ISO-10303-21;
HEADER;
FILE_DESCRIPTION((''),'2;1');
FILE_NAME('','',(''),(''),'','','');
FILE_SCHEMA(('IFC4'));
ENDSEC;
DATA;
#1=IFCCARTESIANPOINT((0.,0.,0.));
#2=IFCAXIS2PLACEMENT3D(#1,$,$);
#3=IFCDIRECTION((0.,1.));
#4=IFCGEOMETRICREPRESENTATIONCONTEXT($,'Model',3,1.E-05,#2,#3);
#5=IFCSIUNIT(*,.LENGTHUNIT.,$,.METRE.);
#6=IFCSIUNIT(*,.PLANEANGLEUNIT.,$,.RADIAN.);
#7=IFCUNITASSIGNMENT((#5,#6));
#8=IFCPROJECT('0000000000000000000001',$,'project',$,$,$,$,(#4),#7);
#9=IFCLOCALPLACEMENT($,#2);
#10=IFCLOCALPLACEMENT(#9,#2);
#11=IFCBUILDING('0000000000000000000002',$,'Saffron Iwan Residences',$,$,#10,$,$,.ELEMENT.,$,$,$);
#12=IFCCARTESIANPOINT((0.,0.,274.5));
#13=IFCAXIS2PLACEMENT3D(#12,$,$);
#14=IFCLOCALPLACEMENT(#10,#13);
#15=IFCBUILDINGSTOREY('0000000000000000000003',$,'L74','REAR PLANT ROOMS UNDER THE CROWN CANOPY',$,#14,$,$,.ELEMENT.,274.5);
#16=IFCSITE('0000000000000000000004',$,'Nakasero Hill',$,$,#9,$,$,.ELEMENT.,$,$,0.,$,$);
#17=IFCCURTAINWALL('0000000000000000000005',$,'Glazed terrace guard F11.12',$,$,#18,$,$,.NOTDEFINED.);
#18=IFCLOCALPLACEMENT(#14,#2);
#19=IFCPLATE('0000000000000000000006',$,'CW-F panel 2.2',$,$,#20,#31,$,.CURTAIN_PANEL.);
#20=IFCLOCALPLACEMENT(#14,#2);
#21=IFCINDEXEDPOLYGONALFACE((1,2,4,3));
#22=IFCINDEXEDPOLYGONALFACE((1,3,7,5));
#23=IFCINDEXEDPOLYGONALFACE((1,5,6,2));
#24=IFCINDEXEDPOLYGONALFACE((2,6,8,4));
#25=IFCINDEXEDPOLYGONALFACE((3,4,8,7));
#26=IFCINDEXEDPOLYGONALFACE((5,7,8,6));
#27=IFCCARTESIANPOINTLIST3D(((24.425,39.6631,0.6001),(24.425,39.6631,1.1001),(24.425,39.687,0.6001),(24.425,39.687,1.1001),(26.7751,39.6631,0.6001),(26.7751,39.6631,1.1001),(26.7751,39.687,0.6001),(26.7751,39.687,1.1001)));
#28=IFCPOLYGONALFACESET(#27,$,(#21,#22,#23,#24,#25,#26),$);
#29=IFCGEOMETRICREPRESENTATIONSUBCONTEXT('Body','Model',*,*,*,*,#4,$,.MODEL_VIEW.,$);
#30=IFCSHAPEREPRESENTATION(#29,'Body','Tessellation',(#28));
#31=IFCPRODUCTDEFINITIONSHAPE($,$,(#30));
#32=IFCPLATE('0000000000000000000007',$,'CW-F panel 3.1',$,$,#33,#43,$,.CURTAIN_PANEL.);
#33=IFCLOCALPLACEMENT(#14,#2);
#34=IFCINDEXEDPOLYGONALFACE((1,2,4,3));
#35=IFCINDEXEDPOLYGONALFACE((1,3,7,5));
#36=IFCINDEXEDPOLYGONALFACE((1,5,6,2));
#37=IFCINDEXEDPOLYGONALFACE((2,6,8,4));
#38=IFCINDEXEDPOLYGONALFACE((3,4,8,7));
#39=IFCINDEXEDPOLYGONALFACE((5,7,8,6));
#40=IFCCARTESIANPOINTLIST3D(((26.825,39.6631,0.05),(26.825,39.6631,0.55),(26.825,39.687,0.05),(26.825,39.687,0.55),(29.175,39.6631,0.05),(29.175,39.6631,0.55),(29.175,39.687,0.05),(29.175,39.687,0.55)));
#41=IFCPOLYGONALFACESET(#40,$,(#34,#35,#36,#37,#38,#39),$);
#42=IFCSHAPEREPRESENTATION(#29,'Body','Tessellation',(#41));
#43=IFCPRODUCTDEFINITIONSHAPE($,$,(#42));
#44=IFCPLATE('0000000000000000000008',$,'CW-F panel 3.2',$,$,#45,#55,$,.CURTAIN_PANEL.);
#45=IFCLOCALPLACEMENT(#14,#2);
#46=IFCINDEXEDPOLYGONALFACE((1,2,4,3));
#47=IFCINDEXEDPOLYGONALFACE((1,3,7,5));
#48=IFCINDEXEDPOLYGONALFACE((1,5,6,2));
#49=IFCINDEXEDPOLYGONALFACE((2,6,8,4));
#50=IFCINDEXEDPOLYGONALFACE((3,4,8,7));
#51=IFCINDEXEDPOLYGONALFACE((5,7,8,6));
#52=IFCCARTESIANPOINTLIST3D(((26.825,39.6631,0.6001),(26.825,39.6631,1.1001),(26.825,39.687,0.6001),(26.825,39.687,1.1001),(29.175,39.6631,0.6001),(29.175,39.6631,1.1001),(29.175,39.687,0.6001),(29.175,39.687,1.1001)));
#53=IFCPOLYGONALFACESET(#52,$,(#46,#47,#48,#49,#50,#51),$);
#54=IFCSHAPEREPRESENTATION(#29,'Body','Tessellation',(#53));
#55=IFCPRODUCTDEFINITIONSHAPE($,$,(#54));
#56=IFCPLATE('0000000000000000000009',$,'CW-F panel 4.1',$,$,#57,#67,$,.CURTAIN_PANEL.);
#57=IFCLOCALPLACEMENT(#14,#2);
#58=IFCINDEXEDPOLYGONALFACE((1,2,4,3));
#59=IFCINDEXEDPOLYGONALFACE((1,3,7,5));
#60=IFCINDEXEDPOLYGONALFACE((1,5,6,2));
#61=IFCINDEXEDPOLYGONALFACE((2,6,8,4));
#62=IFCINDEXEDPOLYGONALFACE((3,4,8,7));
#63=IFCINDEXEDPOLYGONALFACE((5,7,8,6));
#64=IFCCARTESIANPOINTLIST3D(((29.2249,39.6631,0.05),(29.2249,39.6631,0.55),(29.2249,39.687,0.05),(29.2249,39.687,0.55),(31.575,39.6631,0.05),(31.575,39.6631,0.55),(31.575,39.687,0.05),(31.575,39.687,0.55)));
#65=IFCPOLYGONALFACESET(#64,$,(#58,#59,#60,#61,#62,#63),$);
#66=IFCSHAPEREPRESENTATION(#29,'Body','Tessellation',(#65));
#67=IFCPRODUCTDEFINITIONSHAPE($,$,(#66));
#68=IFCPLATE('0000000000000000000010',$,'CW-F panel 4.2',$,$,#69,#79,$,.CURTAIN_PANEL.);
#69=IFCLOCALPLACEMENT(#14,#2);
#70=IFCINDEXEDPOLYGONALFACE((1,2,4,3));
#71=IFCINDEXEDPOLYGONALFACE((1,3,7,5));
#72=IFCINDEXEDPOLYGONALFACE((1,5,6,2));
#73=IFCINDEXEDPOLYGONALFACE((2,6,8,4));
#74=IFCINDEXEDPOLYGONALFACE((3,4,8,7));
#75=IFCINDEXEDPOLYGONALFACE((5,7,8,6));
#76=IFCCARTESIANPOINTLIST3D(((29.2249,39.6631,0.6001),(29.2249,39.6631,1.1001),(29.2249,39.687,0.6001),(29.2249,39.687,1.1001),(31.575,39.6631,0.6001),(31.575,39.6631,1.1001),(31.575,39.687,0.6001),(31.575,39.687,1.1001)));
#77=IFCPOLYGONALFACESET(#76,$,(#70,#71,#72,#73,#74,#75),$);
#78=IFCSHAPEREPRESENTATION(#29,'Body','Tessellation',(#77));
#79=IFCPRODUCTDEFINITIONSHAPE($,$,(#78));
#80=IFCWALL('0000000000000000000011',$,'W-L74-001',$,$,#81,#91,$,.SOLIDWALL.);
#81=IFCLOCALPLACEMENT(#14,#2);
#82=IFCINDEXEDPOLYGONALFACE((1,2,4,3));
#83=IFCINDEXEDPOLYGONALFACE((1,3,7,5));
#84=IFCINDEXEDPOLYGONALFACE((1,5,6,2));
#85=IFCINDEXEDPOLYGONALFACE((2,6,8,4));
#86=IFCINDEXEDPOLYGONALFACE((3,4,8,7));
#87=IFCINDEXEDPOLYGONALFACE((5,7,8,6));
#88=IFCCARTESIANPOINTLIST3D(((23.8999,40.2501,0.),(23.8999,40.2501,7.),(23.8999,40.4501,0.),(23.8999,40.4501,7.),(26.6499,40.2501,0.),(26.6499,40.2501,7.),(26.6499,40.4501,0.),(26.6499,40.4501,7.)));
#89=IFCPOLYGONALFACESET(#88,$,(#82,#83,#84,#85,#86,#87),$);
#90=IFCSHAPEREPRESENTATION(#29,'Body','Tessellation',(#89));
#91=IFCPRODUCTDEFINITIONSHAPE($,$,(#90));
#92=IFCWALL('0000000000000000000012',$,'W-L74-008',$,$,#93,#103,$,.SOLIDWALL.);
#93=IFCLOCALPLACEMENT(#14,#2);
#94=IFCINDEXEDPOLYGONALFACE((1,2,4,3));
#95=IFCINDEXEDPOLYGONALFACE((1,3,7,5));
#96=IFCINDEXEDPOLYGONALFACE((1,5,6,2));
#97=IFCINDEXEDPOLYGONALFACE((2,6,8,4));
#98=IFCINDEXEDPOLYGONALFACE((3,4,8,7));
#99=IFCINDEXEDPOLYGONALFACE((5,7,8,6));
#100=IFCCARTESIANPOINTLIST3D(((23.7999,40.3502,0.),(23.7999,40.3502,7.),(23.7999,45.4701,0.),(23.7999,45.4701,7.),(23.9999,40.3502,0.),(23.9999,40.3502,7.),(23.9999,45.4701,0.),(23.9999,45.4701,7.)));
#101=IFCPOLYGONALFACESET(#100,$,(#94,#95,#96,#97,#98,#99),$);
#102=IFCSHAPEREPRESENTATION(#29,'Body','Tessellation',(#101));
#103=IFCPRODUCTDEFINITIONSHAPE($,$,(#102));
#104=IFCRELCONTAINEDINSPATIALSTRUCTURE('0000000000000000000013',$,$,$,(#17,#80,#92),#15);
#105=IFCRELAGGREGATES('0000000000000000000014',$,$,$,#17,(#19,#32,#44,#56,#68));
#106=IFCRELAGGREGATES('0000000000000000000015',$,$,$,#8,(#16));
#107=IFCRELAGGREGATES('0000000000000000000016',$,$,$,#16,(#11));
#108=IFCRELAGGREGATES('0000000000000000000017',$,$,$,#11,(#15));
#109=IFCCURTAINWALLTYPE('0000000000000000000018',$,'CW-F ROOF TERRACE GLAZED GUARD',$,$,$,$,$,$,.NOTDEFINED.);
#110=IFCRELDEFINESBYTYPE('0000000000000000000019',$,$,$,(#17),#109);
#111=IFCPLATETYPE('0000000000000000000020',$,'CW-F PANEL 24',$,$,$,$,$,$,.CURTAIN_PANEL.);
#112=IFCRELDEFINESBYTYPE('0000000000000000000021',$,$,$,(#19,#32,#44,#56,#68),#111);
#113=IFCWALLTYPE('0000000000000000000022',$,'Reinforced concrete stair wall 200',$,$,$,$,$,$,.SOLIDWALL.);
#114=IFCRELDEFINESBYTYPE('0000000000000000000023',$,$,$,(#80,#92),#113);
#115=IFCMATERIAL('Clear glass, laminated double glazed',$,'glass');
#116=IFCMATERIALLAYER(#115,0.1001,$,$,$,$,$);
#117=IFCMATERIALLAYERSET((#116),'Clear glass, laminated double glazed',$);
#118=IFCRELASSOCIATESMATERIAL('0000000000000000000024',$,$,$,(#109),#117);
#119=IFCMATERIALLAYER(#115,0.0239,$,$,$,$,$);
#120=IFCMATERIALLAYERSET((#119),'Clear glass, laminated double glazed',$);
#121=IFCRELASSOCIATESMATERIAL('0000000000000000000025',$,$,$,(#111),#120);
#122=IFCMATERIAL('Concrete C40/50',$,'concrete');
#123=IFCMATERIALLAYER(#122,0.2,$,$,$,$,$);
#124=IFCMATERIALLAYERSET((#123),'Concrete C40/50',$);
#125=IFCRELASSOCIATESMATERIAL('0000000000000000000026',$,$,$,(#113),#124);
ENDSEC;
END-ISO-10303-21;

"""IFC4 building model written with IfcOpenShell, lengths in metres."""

from ifc_helpers import new_model, si_unit, direction, frame, frame_2d, origin, origin_2d, place, context, subcontext, project, spatial, rectangle, extrude, source, transform, mapped, material, layer, layer_set, type_object, element, aggregate, save


model = new_model("IFC4")

# Units and contexts
model_context = context("Model", 3, precision=1e-05, world=origin(), true_north=direction((0.0, 1.0)))
body_context = subcontext(model_context, "Body", "Model", "MODEL_VIEW")
ifc_project = project(units=[si_unit("LENGTHUNIT", "METRE"), si_unit("PLANEANGLEUNIT", "RADIAN")], contexts=[model_context])

# Site, building, storey
site_placement = place(None, origin())
site = spatial("IfcSite", under=ifc_project, at=site_placement, Name="Nakasero Hill", CompositionType="ELEMENT", RefElevation=0.0)
building_placement = place(site_placement, origin())
building = spatial("IfcBuilding", under=site, at=building_placement, Name="Saffron Iwan Residences", CompositionType="ELEMENT")
storey_placement = place(building_placement, frame((0.0, 0.0, 274.5)))
storey = spatial("IfcBuildingStorey", under=building, at=storey_placement, Name="L74", Description="REAR PLANT ROOMS UNDER THE CROWN CANOPY", CompositionType="ELEMENT", Elevation=274.5)

# Curtain wall
ifc_material_1 = material(Name="Clear glass, laminated double glazed", Category="glass")
ifc_layer_1 = layer(ifc_material_1, 0.1001)
ifc_layer_set_1 = layer_set([ifc_layer_1], Name="Clear glass, laminated double glazed")
curtain_wall_type = type_object("IfcCurtainWallType", Name="CW-F ROOF TERRACE GLAZED GUARD", PredefinedType="NOTDEFINED", material=ifc_layer_set_1)
curtain_wall_placement = place(storey_placement, origin())
curtain_wall = element("IfcCurtainWall", 1, at=curtain_wall_placement, inside=storey, type_object=curtain_wall_type, Name="Glazed terrace guard F11.12", PredefinedType="NOTDEFINED")

# Shared definitions
ifc_material_2 = material(Name="Concrete C40/50", Category="concrete")

# Plates
ifc_layer_2 = layer(ifc_material_1, 0.0239)
ifc_layer_set_2 = layer_set([ifc_layer_2], Name="Clear glass, laminated double glazed")
plate_type = type_object("IfcPlateType", Name="CW-F PANEL 24", PredefinedType="CURTAIN_PANEL", material=ifc_layer_set_2)
shared_shape_1 = source(origin(), body_context, "Body", "SweptSolid", [
    extrude(rectangle(XDim=2.3501, YDim=0.0239, at=origin_2d()), origin(), (0.0, 0.0, 1.0), 0.5),
])
plate_1_placement = place(storey_placement, frame((25.6001, 39.675, 0.6001), z_axis=(0.0, 0.0, 1.0), x_axis=(1.0, 0.0, 0.0)))
plate_1 = element("IfcPlate", 2, at=plate_1_placement, type_object=plate_type, Name="CW-F panel 2.2", PredefinedType="CURTAIN_PANEL", context=body_context, shape_type="MappedRepresentation", body=[
    mapped(shared_shape_1, transform((0.0, 0.0, 0.0))),
])
plate_2_placement = place(storey_placement, frame((28.0, 39.675, 0.05), z_axis=(0.0, 0.0, 1.0), x_axis=(1.0, 0.0, 0.0)))
plate_2 = element("IfcPlate", 3, at=plate_2_placement, type_object=plate_type, Name="CW-F panel 3.1", PredefinedType="CURTAIN_PANEL", context=body_context, shape_type="MappedRepresentation", body=[
    mapped(shared_shape_1, transform((0.0, 0.0, 0.0))),
])
plate_3_placement = place(storey_placement, frame((28.0, 39.675, 0.6001), z_axis=(0.0, 0.0, 1.0), x_axis=(1.0, 0.0, 0.0)))
plate_3 = element("IfcPlate", 4, at=plate_3_placement, type_object=plate_type, Name="CW-F panel 3.2", PredefinedType="CURTAIN_PANEL", context=body_context, shape_type="MappedRepresentation", body=[
    mapped(shared_shape_1, transform((0.0, 0.0, 0.0))),
])
plate_4_placement = place(storey_placement, frame((30.3999, 39.675, 0.05), z_axis=(0.0, 0.0, 1.0), x_axis=(1.0, 0.0, 0.0)))
plate_4 = element("IfcPlate", 5, at=plate_4_placement, type_object=plate_type, Name="CW-F panel 4.1", PredefinedType="CURTAIN_PANEL", context=body_context, shape_type="MappedRepresentation", body=[
    mapped(shared_shape_1, transform((0.0, 0.0, 0.0))),
])
plate_5_placement = place(storey_placement, frame((30.3999, 39.675, 0.6001), z_axis=(0.0, 0.0, 1.0), x_axis=(1.0, 0.0, 0.0)))
plate_5 = element("IfcPlate", 6, at=plate_5_placement, type_object=plate_type, Name="CW-F panel 4.2", PredefinedType="CURTAIN_PANEL", context=body_context, shape_type="MappedRepresentation", body=[
    mapped(shared_shape_1, transform((0.0, 0.0, 0.0))),
])
aggregate(curtain_wall, [plate_1, plate_2, plate_3, plate_4, plate_5])

# Walls
ifc_layer_3 = layer(ifc_material_2, 0.2)
ifc_layer_set_3 = layer_set([ifc_layer_3], Name="Concrete C40/50")
wall_type = type_object("IfcWallType", Name="Reinforced concrete stair wall 200", PredefinedType="SOLIDWALL", material=ifc_layer_set_3)
wall_1_placement = place(storey_placement, frame((23.8999, 40.3501, 0.0), z_axis=(0.0, 0.0, 1.0), x_axis=(1.0, 0.0, 0.0)))
element("IfcWall", 7, at=wall_1_placement, inside=storey, type_object=wall_type, Name="W-L74-001", PredefinedType="SOLIDWALL", context=body_context, shape_type="SweptSolid", body=[
    extrude(rectangle(XDim=2.75, YDim=0.2, at=frame_2d((1.375, 0.0))), origin(), (0.0, 0.0, 1.0), 7.0),
])
wall_2_placement = place(storey_placement, frame((23.8999, 40.3501, 0.0), z_axis=(0.0, 0.0, 1.0), x_axis=(0.0, 1.0, 0.0)))
element("IfcWall", 8, at=wall_2_placement, inside=storey, type_object=wall_type, Name="W-L74-008", PredefinedType="SOLIDWALL", context=body_context, shape_type="SweptSolid", body=[
    extrude(rectangle(XDim=5.1199, YDim=0.2, at=frame_2d((2.5601, 0.0))), origin(), (0.0, 0.0, 1.0), 7.0),
])

save(model, "model.ifc")
